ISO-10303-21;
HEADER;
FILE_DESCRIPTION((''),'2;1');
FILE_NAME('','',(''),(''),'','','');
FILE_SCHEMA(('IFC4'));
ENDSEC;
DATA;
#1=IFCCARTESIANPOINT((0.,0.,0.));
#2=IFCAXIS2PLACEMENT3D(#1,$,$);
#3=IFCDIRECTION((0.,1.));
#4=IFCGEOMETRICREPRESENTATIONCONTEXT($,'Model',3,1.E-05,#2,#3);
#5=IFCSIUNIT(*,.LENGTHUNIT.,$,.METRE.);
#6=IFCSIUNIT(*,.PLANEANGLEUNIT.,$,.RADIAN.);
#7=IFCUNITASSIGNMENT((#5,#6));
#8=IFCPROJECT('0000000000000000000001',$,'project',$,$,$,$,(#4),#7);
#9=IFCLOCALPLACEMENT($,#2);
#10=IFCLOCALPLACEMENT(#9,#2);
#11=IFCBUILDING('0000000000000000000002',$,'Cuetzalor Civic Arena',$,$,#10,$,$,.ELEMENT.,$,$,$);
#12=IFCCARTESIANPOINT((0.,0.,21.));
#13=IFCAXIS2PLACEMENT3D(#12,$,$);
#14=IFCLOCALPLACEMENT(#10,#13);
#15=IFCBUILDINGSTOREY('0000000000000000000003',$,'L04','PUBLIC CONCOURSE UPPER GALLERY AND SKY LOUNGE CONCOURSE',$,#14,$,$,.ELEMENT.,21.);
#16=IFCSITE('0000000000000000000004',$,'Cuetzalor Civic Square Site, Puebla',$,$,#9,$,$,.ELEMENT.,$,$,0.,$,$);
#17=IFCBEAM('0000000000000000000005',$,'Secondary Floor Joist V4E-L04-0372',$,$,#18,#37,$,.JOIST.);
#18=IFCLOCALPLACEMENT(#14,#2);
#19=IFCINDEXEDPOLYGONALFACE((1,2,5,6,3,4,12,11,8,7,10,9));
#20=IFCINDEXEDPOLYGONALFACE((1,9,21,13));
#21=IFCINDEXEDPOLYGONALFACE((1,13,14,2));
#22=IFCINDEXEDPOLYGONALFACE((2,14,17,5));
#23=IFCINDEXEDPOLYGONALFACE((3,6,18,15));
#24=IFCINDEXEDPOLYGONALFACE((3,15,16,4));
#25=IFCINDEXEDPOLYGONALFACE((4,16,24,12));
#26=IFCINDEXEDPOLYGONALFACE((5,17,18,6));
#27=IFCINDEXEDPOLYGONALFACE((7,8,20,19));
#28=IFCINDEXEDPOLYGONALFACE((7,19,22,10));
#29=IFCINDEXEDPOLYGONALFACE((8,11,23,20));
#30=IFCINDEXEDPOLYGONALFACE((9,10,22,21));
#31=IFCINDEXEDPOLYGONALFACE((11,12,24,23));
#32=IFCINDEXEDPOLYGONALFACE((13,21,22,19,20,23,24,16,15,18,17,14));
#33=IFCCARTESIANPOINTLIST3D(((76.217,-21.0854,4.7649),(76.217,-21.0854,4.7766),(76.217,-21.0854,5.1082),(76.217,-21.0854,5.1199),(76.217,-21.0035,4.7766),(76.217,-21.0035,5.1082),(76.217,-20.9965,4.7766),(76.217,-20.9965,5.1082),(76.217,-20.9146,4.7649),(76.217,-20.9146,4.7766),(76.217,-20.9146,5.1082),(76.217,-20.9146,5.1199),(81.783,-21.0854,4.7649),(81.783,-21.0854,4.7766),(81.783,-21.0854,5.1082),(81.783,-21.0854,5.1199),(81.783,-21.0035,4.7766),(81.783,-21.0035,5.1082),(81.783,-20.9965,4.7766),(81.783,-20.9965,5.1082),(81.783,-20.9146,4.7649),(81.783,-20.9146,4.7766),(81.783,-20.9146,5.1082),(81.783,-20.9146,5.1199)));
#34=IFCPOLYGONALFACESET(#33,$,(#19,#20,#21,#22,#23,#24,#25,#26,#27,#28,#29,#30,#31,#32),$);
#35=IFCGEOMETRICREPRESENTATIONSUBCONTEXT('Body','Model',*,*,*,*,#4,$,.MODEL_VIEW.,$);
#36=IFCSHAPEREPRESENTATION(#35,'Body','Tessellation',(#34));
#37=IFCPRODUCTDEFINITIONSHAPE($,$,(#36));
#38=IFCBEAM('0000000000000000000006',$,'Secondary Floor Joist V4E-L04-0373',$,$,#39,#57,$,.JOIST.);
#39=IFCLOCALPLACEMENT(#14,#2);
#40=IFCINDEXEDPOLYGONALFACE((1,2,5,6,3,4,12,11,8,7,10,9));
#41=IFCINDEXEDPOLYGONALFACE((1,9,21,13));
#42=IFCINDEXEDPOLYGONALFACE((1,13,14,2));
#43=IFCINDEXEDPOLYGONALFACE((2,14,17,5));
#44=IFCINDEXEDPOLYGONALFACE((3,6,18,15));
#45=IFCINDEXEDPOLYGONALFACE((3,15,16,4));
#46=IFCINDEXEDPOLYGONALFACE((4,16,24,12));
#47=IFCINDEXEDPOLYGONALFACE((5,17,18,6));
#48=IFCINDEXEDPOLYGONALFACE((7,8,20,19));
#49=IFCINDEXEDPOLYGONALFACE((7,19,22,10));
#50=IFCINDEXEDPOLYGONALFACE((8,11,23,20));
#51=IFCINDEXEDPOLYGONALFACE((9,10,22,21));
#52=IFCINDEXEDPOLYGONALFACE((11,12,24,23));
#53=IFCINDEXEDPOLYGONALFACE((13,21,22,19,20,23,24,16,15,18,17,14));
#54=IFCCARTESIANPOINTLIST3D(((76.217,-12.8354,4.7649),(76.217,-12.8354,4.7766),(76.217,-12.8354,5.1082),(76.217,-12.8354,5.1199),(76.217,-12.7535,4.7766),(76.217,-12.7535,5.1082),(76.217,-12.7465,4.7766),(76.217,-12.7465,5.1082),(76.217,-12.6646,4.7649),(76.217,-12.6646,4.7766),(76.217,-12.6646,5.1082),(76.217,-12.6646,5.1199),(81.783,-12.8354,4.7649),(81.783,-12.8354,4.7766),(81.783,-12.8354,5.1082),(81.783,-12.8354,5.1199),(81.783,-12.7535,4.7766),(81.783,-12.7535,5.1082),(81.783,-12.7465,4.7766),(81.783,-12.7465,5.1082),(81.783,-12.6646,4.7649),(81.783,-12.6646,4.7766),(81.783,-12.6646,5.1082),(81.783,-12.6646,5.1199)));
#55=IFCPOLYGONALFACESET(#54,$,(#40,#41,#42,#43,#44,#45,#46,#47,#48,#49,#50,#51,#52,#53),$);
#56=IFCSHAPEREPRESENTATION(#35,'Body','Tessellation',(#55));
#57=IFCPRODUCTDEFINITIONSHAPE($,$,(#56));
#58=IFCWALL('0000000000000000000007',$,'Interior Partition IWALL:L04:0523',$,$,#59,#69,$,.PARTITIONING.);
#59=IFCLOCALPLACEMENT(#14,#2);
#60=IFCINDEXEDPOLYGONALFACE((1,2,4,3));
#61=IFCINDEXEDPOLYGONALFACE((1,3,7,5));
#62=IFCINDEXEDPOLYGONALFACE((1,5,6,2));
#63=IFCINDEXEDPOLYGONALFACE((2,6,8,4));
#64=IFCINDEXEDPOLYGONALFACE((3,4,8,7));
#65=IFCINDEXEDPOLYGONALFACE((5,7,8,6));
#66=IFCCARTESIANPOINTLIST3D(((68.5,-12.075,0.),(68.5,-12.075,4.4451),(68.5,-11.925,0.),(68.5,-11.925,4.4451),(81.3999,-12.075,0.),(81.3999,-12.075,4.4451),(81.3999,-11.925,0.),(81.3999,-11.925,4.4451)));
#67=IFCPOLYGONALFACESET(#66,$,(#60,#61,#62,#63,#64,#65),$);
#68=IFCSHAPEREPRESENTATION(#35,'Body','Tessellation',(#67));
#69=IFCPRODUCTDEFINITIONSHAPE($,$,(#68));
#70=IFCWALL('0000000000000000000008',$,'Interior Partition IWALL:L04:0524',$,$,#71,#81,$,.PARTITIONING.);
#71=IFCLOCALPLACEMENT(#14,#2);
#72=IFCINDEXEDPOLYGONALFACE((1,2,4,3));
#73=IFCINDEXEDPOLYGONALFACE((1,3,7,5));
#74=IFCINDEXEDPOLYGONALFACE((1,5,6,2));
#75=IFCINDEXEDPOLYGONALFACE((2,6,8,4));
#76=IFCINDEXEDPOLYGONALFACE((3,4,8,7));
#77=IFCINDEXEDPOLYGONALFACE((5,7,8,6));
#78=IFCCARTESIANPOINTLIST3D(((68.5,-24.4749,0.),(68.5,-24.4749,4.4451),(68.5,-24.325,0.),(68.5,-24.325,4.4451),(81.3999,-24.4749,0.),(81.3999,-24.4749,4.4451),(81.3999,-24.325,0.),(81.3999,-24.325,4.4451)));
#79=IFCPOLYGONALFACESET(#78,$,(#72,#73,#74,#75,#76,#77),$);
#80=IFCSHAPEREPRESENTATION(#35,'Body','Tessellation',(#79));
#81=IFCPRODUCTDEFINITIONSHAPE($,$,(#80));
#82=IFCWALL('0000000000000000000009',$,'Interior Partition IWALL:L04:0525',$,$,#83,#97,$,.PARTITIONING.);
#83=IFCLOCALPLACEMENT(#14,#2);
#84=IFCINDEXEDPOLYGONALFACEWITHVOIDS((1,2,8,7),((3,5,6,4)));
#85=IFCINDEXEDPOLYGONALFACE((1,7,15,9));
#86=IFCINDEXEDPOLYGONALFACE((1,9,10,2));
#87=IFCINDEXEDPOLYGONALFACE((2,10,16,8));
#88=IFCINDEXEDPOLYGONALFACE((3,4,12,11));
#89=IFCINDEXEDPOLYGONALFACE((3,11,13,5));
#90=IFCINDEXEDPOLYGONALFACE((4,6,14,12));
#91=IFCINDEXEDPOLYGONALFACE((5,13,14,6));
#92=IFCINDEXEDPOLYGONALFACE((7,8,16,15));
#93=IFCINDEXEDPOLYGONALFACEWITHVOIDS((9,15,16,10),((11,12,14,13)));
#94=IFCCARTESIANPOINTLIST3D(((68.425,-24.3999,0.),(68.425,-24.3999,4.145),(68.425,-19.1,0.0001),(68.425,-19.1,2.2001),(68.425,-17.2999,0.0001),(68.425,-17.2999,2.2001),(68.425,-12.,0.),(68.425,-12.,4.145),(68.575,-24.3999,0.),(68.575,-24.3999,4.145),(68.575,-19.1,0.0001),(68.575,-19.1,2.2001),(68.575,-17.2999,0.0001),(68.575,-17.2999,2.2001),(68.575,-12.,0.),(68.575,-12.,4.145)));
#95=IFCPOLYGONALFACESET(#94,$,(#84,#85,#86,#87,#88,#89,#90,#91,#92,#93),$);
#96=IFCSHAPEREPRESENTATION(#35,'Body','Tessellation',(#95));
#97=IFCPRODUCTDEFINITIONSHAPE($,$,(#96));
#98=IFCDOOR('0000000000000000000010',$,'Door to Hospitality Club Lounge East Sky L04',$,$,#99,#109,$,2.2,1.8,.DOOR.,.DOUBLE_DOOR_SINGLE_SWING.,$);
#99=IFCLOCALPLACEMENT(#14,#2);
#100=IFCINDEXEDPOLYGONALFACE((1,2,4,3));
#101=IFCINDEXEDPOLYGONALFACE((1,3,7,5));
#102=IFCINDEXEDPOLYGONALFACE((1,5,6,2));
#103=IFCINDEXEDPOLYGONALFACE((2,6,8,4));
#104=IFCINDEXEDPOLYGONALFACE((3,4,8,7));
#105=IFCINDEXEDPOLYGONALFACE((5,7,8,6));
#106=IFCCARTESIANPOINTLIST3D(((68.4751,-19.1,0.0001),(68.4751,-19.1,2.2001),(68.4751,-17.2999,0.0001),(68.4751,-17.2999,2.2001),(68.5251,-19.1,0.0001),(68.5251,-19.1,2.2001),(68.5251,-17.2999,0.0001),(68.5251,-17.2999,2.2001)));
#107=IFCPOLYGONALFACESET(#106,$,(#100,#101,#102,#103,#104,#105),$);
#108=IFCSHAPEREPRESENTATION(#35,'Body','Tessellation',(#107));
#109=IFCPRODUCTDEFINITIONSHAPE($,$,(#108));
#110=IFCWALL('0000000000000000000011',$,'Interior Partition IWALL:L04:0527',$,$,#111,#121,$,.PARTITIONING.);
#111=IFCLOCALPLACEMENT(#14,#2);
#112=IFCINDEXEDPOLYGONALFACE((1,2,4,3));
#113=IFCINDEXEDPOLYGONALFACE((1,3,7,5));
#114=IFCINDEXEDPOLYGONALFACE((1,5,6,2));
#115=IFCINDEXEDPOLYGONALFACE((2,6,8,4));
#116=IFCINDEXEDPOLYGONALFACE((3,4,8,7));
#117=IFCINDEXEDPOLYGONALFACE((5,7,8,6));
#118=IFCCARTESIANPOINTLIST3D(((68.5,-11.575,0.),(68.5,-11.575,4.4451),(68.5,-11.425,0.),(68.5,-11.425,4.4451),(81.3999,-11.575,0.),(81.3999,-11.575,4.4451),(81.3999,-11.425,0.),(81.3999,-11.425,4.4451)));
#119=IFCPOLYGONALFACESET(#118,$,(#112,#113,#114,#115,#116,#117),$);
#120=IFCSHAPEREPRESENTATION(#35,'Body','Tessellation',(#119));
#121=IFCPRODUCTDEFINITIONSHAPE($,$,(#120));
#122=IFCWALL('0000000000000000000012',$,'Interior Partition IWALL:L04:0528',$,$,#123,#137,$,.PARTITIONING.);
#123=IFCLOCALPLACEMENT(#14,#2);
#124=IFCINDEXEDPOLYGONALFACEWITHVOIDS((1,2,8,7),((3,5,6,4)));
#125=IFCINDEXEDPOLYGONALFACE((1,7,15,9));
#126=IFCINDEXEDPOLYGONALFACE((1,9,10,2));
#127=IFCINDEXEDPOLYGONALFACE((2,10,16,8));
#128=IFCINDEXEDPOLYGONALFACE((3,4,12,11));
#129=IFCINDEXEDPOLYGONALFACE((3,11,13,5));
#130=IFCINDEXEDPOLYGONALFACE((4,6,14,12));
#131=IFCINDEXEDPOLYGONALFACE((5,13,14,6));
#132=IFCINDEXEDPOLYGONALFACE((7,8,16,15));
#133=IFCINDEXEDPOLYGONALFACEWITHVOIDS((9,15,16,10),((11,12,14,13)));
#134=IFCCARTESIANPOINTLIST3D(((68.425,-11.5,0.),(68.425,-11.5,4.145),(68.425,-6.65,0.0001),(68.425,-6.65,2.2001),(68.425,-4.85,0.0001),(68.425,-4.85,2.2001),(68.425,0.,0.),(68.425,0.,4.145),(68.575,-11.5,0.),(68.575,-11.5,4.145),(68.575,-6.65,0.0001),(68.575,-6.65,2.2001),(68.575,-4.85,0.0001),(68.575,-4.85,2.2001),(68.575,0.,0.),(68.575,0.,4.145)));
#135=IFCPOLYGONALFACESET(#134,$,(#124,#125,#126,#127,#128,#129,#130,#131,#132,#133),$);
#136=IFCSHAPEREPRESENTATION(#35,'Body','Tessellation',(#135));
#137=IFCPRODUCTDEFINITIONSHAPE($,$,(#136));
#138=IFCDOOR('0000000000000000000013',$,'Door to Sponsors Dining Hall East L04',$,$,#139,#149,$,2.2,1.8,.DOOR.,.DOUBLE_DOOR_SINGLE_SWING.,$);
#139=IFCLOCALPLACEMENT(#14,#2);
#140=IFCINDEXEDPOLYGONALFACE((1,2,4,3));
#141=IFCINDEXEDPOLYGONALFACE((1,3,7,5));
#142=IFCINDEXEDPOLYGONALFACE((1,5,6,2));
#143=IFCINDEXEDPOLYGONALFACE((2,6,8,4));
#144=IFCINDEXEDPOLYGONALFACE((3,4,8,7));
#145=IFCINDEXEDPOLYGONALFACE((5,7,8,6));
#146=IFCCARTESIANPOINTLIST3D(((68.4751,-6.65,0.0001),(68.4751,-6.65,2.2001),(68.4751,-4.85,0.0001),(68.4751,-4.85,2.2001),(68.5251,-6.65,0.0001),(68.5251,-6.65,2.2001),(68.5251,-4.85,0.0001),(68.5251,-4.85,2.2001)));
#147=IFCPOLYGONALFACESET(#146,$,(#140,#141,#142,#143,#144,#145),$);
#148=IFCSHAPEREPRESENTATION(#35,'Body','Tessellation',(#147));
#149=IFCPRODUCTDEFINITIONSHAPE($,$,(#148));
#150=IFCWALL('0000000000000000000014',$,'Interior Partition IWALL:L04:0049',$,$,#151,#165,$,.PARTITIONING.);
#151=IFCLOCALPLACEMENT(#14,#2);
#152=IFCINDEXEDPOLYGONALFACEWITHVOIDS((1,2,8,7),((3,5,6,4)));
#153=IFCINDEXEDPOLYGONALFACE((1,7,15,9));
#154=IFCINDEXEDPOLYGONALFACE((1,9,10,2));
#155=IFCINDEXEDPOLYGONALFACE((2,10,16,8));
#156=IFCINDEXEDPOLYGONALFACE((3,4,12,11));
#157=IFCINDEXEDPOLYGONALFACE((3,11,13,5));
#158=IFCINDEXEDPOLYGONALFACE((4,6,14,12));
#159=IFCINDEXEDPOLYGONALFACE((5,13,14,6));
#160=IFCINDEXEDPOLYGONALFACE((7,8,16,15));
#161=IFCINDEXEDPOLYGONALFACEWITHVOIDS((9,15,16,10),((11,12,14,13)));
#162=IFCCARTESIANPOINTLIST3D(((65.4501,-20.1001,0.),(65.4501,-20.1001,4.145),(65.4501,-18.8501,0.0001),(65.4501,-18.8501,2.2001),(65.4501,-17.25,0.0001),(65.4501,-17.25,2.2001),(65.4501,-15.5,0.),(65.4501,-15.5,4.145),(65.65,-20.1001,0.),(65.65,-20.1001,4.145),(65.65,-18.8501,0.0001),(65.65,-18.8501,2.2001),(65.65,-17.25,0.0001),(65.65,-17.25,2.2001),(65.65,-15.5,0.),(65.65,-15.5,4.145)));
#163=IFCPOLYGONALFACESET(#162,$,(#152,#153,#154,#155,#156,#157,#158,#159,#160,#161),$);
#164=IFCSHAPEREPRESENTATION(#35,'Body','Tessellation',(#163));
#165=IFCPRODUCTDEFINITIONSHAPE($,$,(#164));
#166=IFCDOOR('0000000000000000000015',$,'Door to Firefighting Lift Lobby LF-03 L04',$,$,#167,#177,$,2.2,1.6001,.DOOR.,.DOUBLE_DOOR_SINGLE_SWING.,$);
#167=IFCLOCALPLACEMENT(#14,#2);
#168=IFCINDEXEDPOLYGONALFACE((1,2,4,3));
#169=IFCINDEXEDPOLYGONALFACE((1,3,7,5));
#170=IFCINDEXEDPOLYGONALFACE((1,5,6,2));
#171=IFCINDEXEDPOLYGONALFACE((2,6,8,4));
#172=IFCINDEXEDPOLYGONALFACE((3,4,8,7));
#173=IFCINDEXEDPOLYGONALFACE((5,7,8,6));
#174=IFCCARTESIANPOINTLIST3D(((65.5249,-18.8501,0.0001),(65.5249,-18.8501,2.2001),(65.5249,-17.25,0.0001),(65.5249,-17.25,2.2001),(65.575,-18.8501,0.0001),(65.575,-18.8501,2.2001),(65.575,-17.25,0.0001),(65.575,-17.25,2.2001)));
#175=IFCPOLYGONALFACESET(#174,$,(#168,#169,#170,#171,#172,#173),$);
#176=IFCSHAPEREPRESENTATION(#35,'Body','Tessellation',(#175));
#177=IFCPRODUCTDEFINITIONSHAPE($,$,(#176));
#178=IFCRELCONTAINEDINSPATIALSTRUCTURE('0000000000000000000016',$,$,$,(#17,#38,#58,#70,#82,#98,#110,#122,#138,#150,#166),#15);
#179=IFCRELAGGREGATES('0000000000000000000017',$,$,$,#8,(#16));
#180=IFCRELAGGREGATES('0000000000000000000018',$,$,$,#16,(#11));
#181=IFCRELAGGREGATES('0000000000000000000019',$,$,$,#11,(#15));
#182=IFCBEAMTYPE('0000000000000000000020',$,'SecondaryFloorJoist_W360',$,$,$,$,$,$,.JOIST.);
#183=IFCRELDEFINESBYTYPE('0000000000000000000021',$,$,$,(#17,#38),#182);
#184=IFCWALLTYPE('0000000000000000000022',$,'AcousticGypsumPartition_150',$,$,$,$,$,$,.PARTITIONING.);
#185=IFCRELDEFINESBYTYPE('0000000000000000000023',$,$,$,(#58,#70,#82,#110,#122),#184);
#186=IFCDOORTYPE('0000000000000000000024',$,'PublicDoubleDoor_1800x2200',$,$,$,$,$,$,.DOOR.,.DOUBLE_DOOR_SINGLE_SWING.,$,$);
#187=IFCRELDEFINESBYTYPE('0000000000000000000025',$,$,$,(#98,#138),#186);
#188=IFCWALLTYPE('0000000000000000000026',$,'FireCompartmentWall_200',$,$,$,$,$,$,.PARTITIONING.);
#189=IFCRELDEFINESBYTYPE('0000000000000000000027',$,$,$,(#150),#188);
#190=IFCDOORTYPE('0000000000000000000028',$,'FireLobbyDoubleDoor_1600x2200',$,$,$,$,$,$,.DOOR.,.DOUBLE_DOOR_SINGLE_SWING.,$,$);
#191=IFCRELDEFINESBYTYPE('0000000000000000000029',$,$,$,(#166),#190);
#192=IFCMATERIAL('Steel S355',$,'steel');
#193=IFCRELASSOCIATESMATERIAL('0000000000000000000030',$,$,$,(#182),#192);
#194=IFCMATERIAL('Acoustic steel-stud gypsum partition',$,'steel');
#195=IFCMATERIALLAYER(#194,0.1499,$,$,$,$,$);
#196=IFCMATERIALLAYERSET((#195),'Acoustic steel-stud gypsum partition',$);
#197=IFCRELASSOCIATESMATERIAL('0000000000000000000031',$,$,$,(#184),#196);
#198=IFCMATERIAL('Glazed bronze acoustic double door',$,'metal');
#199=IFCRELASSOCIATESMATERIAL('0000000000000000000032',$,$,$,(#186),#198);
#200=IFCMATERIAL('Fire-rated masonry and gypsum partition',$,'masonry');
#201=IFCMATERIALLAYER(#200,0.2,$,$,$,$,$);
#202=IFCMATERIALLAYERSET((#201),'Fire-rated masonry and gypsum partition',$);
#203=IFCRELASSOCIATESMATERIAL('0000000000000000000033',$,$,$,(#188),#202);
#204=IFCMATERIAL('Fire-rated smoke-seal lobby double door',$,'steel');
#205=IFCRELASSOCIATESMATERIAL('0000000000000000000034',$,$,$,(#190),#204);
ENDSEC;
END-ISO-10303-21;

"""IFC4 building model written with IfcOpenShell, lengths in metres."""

from ifc_helpers import new_model, si_unit, direction, frame, frame_2d, origin, origin_2d, place, context, subcontext, project, spatial, rectangle, i_section, extrude, material, layer, layer_set, material_profile, profile_set, type_object, element, fill, save


model = new_model("IFC4")

# Units and contexts
model_context = context("Model", 3, precision=1e-05, world=origin(), true_north=direction((0.0, 1.0)))
body_context = subcontext(model_context, "Body", "Model", "MODEL_VIEW")
ifc_project = project(units=[si_unit("LENGTHUNIT", "METRE"), si_unit("PLANEANGLEUNIT", "RADIAN")], contexts=[model_context])

# Site, building, storey
site_placement = place(None, origin())
site = spatial("IfcSite", under=ifc_project, at=site_placement, Name="Cuetzalor Civic Square Site, Puebla", CompositionType="ELEMENT", RefElevation=0.0)
building_placement = place(site_placement, origin())
building = spatial("IfcBuilding", under=site, at=building_placement, Name="Cuetzalor Civic Arena", CompositionType="ELEMENT")
storey_placement = place(building_placement, frame((0.0, 0.0, 21.0)))
storey = spatial("IfcBuildingStorey", under=building, at=storey_placement, Name="L04", Description="PUBLIC CONCOURSE UPPER GALLERY AND SKY LOUNGE CONCOURSE", CompositionType="ELEMENT", Elevation=21.0)

# Beams
ifc_material_1 = material(Name="Steel S355", Category="steel")
ifc_material_profile_1 = material_profile(ifc_material_1, i_section(OverallWidth=0.1709, OverallDepth=0.355, WebThickness=0.0071, FlangeThickness=0.0117, at=origin_2d()), Name="W360x51")
ifc_profile_set_1 = profile_set([ifc_material_profile_1], Name="Steel S355")
beam_type_1 = type_object("IfcBeamType", Name="SecondaryFloorJoist_W360", PredefinedType="JOIST", material=ifc_profile_set_1)
for number, where, z_axis, x_axis, name in (
    (1, (76.217, -21.0, 4.9424), (1.0, 0.0, 0.0), (0.0, 1.0, 0.0), "Secondary Floor Joist V4E-L04-0372"),
    (2, (76.217, -12.75, 4.9424), (1.0, 0.0, 0.0), (0.0, 1.0, 0.0), "Secondary Floor Joist V4E-L04-0373"),
):
    element("IfcBeam", number, at=place(storey_placement, frame(where, z_axis=z_axis, x_axis=x_axis)), inside=storey, type_object=beam_type_1, Name=name, PredefinedType="JOIST", context=body_context, shape_type="SweptSolid", body=[
        extrude(i_section(OverallWidth=0.1709, OverallDepth=0.355, WebThickness=0.0071, FlangeThickness=0.0117, at=origin_2d()), origin(), (0.0, 0.0, 1.0), 5.5659),
    ])

# Walls
ifc_material_2 = material(Name="Acoustic steel-stud gypsum partition", Category="steel")
ifc_layer_1 = layer(ifc_material_2, 0.1499)
ifc_layer_set_1 = layer_set([ifc_layer_1], Name="Acoustic steel-stud gypsum partition")
wall_type_1 = type_object("IfcWallType", Name="AcousticGypsumPartition_150", PredefinedType="PARTITIONING", material=ifc_layer_set_1)
for number, where, z_axis, x_axis, name in (
    (3, (68.5, -12.0, 0.0), (0.0, 0.0, 1.0), (1.0, 0.0, 0.0), "Interior Partition IWALL:L04:0523"),
    (4, (81.3999, -24.3999, 0.0), (0.0, 0.0, 1.0), (-1.0, 0.0, 0.0), "Interior Partition IWALL:L04:0524"),
):
    element("IfcWall", number, at=place(storey_placement, frame(where, z_axis=z_axis, x_axis=x_axis)), inside=storey, type_object=wall_type_1, Name=name, PredefinedType="PARTITIONING", context=body_context, shape_type="SweptSolid", body=[
        extrude(rectangle(XDim=12.8999, YDim=0.1499, at=frame_2d((6.45, 0.0))), origin(), (0.0, 0.0, 1.0), 4.4451),
    ])

# Wall, opening, door
wall_1_placement = place(storey_placement, frame((68.5, -24.3999, 0.0), z_axis=(0.0, 0.0, 1.0), x_axis=(0.0, 1.0, 0.0)))
wall_1 = element("IfcWall", 5, at=wall_1_placement, inside=storey, type_object=wall_type_1, Name="Interior Partition IWALL:L04:0525", PredefinedType="PARTITIONING", context=body_context, shape_type="SweptSolid", body=[
    extrude(rectangle(XDim=12.3999, YDim=0.1499, at=frame_2d((6.2, 0.0))), origin(), (0.0, 0.0, 1.0), 4.145),
])
opening_1_placement = place(wall_1_placement, frame((5.3, 0.0, 0.0)))
opening_1 = element("IfcOpeningElement", 6, at=opening_1_placement, cuts=wall_1, PredefinedType="OPENING", context=body_context, shape_type="SweptSolid", body=[
    extrude(rectangle(XDim=1.8, YDim=2.2, at=frame_2d((0.8999, 1.1001))), frame((0.0, 0.085, 0.0), z_axis=(0.0, -1.0, 0.0), x_axis=(1.0, 0.0, 0.0)), (0.0, 0.0, 1.0), 0.1699),
])
ifc_material_3 = material(Name="Glazed bronze acoustic double door", Category="metal")
door_type_1 = type_object("IfcDoorType", Name="PublicDoubleDoor_1800x2200", OperationType="DOUBLE_DOOR_SINGLE_SWING", PredefinedType="DOOR", material=ifc_material_3)
door_1_placement = place(opening_1_placement, origin())
door_1 = element("IfcDoor", 7, at=door_1_placement, inside=storey, type_object=door_type_1, Name="Door to Hospitality Club Lounge East Sky L04", OperationType="DOUBLE_DOOR_SINGLE_SWING", OverallHeight=2.2, OverallWidth=1.8, PredefinedType="DOOR", context=body_context, shape_type="SweptSolid", body=[
    extrude(rectangle(XDim=1.8, YDim=2.2, at=frame_2d((0.8999, 1.1001))), frame((0.0, 0.0249, 0.0), z_axis=(0.0, -1.0, 0.0), x_axis=(1.0, 0.0, 0.0)), (0.0, 0.0, 1.0), 0.05),
])
fill(opening_1, door_1)

# Wall
wall_2_placement = place(storey_placement, frame((81.3999, -11.5, 0.0), z_axis=(0.0, 0.0, 1.0), x_axis=(-1.0, 0.0, 0.0)))
element("IfcWall", 8, at=wall_2_placement, inside=storey, type_object=wall_type_1, Name="Interior Partition IWALL:L04:0527", PredefinedType="PARTITIONING", context=body_context, shape_type="SweptSolid", body=[
    extrude(rectangle(XDim=12.8999, YDim=0.1499, at=frame_2d((6.45, 0.0))), origin(), (0.0, 0.0, 1.0), 4.4451),
])

# Walls, openings, doors
wall_3_placement = place(storey_placement, frame((68.5, -11.5, 0.0), z_axis=(0.0, 0.0, 1.0), x_axis=(0.0, 1.0, 0.0)))
wall_3 = element("IfcWall", 9, at=wall_3_placement, inside=storey, type_object=wall_type_1, Name="Interior Partition IWALL:L04:0528", PredefinedType="PARTITIONING", context=body_context, shape_type="SweptSolid", body=[
    extrude(rectangle(XDim=11.5, YDim=0.1499, at=frame_2d((5.75, 0.0))), origin(), (0.0, 0.0, 1.0), 4.145),
])
opening_2_placement = place(wall_3_placement, frame((4.8501, 0.0, 0.0)))
opening_2 = element("IfcOpeningElement", 10, at=opening_2_placement, cuts=wall_3, PredefinedType="OPENING", context=body_context, shape_type="SweptSolid", body=[
    extrude(rectangle(XDim=1.8, YDim=2.2, at=frame_2d((0.8999, 1.1001))), frame((0.0, 0.085, 0.0), z_axis=(0.0, -1.0, 0.0), x_axis=(1.0, 0.0, 0.0)), (0.0, 0.0, 1.0), 0.1699),
])
door_2_placement = place(opening_2_placement, origin())
door_2 = element("IfcDoor", 11, at=door_2_placement, inside=storey, type_object=door_type_1, Name="Door to Sponsors Dining Hall East L04", OperationType="DOUBLE_DOOR_SINGLE_SWING", OverallHeight=2.2, OverallWidth=1.8, PredefinedType="DOOR", context=body_context, shape_type="SweptSolid", body=[
    extrude(rectangle(XDim=1.8, YDim=2.2, at=frame_2d((0.8999, 1.1001))), frame((0.0, 0.0249, 0.0), z_axis=(0.0, -1.0, 0.0), x_axis=(1.0, 0.0, 0.0)), (0.0, 0.0, 1.0), 0.05),
])
fill(opening_2, door_2)
ifc_material_4 = material(Name="Fire-rated masonry and gypsum partition", Category="masonry")
ifc_layer_2 = layer(ifc_material_4, 0.2)
ifc_layer_set_2 = layer_set([ifc_layer_2], Name="Fire-rated masonry and gypsum partition")
wall_type_2 = type_object("IfcWallType", Name="FireCompartmentWall_200", PredefinedType="PARTITIONING", material=ifc_layer_set_2)
wall_4_placement = place(storey_placement, frame((65.55, -15.5, 0.0), z_axis=(0.0, 0.0, 1.0), x_axis=(0.0, -1.0, 0.0)))
wall_4 = element("IfcWall", 12, at=wall_4_placement, inside=storey, type_object=wall_type_2, Name="Interior Partition IWALL:L04:0049", PredefinedType="PARTITIONING", context=body_context, shape_type="SweptSolid", body=[
    extrude(rectangle(XDim=4.6001, YDim=0.2, at=frame_2d((2.3, 0.0))), origin(), (0.0, 0.0, 1.0), 4.145),
])
opening_3_placement = place(wall_4_placement, frame((1.75, 0.0, 0.0)))
opening_3 = element("IfcOpeningElement", 13, at=opening_3_placement, cuts=wall_4, PredefinedType="OPENING", context=body_context, shape_type="SweptSolid", body=[
    extrude(rectangle(XDim=1.6001, YDim=2.2, at=frame_2d((0.8, 1.1001))), frame((0.0, 0.1099, 0.0), z_axis=(0.0, -1.0, 0.0), x_axis=(1.0, 0.0, 0.0)), (0.0, 0.0, 1.0), 0.22),
])
ifc_material_5 = material(Name="Fire-rated smoke-seal lobby double door", Category="steel")
door_type_2 = type_object("IfcDoorType", Name="FireLobbyDoubleDoor_1600x2200", OperationType="DOUBLE_DOOR_SINGLE_SWING", PredefinedType="DOOR", material=ifc_material_5)
door_3_placement = place(opening_3_placement, origin())
door_3 = element("IfcDoor", 14, at=door_3_placement, inside=storey, type_object=door_type_2, Name="Door to Firefighting Lift Lobby LF-03 L04", OperationType="DOUBLE_DOOR_SINGLE_SWING", OverallHeight=2.2, OverallWidth=1.6001, PredefinedType="DOOR", context=body_context, shape_type="SweptSolid", body=[
    extrude(rectangle(XDim=1.6001, YDim=2.2, at=frame_2d((0.8, 1.1001))), frame((0.0, 0.0249, 0.0), z_axis=(0.0, -1.0, 0.0), x_axis=(1.0, 0.0, 0.0)), (0.0, 0.0, 1.0), 0.05),
])
fill(opening_3, door_3)

save(model, "model.ifc")
